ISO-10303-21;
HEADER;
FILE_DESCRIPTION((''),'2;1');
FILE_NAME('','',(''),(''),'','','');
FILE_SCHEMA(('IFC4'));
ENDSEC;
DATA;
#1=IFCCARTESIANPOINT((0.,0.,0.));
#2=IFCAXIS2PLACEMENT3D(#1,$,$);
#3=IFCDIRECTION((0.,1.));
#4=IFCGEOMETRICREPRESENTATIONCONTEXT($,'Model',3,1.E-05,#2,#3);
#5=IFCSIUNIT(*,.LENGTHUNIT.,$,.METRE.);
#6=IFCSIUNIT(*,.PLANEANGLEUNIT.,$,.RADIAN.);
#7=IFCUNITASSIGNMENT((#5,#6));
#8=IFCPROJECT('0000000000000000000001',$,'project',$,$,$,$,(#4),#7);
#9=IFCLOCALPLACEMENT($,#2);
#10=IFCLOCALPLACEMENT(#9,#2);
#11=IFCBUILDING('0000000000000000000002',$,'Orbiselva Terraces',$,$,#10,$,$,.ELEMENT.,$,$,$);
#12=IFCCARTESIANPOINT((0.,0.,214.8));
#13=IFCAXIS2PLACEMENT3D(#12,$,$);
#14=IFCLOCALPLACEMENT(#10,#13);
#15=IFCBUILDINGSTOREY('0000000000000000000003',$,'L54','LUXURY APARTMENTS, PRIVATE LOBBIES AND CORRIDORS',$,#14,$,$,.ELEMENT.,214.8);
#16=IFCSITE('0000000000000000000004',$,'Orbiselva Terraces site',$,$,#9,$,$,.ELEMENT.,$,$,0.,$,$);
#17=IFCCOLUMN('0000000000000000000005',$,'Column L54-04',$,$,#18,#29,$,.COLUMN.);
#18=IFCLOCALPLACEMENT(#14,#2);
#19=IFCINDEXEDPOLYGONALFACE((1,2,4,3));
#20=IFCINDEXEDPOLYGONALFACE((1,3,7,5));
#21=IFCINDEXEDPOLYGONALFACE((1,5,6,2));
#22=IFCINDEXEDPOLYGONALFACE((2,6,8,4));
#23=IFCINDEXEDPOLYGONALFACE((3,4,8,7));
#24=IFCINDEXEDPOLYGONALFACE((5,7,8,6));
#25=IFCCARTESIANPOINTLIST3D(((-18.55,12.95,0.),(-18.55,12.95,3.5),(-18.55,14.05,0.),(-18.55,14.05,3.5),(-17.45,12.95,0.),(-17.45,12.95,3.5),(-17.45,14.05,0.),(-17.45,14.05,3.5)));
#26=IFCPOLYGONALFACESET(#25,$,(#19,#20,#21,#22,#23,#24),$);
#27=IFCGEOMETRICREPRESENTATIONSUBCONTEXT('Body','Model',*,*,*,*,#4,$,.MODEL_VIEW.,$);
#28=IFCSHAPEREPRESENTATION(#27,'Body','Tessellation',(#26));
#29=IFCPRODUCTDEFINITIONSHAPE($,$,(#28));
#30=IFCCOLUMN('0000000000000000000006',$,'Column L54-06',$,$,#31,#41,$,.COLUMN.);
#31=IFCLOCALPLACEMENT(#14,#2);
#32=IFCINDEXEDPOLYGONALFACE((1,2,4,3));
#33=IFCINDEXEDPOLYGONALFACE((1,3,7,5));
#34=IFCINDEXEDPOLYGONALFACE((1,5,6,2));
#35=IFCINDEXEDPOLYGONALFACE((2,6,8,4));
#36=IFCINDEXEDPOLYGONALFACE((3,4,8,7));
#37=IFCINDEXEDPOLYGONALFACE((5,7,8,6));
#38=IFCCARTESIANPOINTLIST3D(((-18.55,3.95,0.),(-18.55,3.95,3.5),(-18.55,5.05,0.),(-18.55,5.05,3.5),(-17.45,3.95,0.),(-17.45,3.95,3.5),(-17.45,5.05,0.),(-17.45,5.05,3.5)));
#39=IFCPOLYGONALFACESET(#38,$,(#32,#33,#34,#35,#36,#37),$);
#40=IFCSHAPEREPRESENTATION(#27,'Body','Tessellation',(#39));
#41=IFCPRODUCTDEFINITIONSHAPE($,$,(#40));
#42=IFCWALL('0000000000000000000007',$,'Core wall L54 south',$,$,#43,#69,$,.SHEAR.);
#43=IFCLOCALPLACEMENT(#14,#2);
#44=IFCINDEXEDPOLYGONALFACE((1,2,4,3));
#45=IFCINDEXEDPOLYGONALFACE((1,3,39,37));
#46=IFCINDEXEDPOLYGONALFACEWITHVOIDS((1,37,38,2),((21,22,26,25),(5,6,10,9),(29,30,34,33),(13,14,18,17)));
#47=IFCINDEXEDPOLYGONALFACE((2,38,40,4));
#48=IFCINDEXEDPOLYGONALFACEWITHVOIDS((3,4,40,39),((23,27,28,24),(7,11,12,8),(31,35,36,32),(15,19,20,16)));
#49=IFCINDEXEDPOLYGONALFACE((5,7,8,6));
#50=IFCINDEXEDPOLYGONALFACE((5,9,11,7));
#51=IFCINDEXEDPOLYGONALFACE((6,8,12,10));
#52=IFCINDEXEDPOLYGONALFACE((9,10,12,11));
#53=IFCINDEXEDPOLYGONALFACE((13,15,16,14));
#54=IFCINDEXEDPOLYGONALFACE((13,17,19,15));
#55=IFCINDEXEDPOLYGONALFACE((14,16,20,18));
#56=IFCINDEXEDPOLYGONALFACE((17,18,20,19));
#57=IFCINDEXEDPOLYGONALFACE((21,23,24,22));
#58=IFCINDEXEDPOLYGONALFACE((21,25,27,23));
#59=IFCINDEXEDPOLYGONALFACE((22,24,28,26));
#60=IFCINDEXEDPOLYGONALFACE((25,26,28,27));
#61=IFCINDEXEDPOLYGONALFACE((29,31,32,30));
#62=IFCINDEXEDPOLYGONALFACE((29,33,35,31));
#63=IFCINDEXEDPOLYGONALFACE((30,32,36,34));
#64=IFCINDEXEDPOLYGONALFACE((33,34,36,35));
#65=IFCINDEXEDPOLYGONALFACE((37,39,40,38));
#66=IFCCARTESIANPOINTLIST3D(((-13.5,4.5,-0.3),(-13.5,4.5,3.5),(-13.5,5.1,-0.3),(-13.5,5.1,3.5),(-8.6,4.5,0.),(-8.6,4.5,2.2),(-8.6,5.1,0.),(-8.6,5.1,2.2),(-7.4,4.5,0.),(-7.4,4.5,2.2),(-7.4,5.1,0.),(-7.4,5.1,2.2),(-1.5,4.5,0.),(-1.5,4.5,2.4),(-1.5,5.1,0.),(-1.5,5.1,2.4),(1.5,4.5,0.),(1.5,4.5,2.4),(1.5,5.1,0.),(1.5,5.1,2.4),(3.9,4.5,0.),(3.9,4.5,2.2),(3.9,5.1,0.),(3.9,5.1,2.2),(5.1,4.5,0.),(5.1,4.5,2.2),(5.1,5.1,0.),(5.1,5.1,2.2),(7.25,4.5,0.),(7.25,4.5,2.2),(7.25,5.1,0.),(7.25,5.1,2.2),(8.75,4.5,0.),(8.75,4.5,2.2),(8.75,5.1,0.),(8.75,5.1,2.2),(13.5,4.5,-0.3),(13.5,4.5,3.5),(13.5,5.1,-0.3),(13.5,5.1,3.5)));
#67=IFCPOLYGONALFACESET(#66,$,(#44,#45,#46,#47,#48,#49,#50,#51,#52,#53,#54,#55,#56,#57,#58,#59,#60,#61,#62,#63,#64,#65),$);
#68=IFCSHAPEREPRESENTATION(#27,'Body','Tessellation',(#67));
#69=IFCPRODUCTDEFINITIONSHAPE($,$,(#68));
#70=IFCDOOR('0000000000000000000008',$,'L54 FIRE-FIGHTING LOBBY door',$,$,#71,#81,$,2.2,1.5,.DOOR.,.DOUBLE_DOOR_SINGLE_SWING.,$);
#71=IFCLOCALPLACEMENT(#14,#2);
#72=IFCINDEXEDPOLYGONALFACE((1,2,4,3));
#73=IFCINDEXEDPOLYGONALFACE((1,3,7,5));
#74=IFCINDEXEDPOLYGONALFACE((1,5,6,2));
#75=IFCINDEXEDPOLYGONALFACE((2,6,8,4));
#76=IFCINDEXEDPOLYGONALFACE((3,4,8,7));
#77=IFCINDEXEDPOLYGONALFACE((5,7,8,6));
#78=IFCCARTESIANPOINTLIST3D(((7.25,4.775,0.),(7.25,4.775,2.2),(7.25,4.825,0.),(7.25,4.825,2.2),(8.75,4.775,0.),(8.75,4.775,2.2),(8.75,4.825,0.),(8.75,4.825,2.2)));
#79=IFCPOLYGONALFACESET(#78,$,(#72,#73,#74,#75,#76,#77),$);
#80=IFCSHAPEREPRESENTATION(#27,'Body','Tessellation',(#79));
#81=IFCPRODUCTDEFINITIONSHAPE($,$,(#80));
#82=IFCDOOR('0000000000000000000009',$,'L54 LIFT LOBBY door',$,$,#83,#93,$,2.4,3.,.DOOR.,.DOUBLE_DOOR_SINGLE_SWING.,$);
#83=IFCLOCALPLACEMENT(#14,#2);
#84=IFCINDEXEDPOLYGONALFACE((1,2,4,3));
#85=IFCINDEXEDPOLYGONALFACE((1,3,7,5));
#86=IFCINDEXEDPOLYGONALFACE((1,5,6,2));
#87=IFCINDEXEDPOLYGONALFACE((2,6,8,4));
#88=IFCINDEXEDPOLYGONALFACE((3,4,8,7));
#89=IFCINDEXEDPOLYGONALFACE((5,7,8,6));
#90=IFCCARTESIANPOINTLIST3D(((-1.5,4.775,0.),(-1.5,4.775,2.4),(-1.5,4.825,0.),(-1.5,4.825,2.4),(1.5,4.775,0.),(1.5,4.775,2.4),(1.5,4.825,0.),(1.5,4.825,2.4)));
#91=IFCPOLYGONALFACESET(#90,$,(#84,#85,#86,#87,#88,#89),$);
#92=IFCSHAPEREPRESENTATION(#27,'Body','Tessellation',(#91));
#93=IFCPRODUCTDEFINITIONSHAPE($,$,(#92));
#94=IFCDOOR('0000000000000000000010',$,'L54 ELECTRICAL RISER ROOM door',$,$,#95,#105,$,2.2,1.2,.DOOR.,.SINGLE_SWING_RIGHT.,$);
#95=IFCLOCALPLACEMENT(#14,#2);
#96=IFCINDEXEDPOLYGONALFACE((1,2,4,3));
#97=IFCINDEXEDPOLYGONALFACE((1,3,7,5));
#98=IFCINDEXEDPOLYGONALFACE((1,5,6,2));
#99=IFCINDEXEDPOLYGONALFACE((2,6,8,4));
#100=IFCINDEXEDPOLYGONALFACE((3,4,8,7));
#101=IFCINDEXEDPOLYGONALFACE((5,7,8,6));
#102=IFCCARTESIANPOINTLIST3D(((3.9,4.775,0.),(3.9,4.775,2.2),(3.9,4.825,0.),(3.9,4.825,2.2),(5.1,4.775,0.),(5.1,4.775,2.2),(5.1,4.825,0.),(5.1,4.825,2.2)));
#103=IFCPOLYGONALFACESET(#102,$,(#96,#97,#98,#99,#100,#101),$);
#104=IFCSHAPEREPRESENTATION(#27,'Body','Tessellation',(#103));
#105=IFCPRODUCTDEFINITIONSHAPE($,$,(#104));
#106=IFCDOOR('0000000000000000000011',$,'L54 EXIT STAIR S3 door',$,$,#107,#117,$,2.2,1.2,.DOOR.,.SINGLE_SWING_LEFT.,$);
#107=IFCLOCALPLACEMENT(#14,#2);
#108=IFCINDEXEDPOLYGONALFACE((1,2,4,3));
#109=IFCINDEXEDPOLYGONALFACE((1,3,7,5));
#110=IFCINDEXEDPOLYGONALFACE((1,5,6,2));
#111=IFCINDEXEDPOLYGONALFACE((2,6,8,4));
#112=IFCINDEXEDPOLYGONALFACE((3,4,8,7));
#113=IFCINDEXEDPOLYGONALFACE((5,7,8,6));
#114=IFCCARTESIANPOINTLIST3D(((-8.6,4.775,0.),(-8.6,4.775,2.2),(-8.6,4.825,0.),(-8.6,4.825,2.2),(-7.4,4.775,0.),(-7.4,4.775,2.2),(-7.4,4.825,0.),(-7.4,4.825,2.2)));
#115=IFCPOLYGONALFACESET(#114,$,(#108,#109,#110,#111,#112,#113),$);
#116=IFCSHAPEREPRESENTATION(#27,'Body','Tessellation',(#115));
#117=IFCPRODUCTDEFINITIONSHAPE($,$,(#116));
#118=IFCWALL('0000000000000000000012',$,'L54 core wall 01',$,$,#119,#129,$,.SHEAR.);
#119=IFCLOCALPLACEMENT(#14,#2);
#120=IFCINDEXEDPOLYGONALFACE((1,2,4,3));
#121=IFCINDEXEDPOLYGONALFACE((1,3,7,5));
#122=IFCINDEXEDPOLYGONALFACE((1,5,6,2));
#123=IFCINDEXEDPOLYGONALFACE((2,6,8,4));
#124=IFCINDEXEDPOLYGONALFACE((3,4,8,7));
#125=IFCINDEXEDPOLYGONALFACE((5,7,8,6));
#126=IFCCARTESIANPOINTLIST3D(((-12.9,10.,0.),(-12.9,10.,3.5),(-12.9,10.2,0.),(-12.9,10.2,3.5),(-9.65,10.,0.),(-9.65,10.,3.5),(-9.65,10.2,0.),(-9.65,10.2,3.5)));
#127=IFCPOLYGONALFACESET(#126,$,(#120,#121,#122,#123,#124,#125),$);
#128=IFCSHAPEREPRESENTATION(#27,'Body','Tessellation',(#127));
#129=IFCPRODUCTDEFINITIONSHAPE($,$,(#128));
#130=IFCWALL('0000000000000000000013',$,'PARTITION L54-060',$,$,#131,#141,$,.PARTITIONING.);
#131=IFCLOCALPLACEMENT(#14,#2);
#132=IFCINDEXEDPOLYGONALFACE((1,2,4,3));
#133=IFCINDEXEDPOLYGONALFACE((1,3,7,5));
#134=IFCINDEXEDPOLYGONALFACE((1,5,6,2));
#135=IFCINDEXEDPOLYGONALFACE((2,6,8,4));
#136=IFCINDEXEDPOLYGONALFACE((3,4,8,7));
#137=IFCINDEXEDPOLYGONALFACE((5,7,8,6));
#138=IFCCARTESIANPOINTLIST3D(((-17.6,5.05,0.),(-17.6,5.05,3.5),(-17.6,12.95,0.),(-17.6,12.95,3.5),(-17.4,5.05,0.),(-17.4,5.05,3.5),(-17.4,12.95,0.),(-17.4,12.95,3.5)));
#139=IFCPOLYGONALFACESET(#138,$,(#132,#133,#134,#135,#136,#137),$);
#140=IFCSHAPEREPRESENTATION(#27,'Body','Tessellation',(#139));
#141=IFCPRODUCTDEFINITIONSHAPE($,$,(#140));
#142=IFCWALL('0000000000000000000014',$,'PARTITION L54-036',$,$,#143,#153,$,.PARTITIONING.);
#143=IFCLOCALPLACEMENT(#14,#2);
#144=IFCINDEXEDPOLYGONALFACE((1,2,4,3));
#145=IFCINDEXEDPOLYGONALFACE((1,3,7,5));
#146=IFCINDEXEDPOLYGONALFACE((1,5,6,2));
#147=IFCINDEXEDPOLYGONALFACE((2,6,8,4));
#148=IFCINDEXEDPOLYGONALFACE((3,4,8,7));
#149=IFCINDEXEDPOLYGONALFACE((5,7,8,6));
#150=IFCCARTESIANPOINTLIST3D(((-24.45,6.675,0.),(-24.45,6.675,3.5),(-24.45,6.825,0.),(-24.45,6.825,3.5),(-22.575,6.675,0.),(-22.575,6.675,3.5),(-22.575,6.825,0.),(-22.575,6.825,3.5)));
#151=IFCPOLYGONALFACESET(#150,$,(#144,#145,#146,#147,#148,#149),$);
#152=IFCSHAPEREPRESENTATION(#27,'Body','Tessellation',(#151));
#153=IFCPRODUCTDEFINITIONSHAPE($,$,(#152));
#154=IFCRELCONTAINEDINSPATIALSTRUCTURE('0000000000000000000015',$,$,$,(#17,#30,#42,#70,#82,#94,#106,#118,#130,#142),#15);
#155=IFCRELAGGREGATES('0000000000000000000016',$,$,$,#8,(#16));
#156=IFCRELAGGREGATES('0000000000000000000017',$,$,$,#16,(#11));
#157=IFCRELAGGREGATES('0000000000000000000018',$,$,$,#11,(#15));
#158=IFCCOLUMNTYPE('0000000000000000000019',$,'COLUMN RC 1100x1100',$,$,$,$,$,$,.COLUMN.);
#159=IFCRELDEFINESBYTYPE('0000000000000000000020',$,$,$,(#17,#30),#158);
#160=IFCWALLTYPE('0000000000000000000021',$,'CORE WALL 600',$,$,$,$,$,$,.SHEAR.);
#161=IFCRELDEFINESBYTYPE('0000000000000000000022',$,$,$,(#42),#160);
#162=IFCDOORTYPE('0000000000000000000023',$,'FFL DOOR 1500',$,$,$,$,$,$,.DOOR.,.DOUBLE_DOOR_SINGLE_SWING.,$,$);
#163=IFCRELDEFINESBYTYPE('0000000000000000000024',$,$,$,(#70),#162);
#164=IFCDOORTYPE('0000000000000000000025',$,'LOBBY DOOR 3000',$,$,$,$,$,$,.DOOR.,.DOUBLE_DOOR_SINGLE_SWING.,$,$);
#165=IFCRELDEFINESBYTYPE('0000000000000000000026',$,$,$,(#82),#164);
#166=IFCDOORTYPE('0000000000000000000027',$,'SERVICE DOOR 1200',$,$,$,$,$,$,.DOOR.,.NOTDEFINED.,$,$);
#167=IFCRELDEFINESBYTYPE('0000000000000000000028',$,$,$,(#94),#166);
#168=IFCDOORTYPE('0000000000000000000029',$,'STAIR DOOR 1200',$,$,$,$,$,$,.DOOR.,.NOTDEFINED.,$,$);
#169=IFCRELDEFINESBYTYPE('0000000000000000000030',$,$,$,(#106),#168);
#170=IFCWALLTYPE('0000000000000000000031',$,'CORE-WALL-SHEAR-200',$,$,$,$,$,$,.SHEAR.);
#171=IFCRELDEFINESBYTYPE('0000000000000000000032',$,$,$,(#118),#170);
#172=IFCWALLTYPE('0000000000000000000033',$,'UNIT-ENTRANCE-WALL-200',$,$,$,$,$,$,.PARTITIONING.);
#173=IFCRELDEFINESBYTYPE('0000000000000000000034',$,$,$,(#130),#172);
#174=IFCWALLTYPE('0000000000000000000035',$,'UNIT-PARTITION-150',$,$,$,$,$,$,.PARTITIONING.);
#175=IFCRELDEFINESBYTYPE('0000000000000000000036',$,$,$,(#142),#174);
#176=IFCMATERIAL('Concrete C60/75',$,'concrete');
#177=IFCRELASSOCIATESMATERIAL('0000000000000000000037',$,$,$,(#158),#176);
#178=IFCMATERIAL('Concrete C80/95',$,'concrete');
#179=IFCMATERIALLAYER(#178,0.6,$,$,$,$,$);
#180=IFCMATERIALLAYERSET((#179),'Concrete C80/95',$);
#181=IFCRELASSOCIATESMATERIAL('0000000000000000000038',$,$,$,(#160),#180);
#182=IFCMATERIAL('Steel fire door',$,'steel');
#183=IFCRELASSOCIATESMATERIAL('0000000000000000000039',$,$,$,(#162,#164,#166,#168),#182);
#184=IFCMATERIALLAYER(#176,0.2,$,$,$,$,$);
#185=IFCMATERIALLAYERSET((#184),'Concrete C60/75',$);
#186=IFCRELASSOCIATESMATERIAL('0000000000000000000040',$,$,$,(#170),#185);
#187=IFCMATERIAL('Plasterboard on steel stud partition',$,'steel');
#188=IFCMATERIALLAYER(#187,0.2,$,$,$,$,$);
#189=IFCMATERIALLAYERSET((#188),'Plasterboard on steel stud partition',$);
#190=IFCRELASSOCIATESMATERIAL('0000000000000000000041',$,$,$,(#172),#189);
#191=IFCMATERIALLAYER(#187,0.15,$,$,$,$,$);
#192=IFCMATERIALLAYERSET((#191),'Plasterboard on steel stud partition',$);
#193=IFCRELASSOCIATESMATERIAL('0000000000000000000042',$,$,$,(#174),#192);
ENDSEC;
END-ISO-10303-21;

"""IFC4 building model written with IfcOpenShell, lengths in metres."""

from ifc_helpers import new_model, si_unit, direction, frame, frame_2d, origin, origin_2d, place, context, subcontext, project, spatial, rectangle, extrude, material, layer, layer_set, material_profile, profile_set, type_object, element, fill, save


model = new_model("IFC4")

# Units and contexts
model_context = context("Model", 3, precision=1e-05, world=origin(), true_north=direction((0.0, 1.0)))
body_context = subcontext(model_context, "Body", "Model", "MODEL_VIEW")
ifc_project = project(units=[si_unit("LENGTHUNIT", "METRE"), si_unit("PLANEANGLEUNIT", "RADIAN")], contexts=[model_context])

# Site, building, storey
site_placement = place(None, origin())
site = spatial("IfcSite", under=ifc_project, at=site_placement, Name="Orbiselva Terraces site", CompositionType="ELEMENT", RefElevation=0.0)
building_placement = place(site_placement, origin())
building = spatial("IfcBuilding", under=site, at=building_placement, Name="Orbiselva Terraces", CompositionType="ELEMENT")
storey_placement = place(building_placement, frame((0.0, 0.0, 214.8)))
storey = spatial("IfcBuildingStorey", under=building, at=storey_placement, Name="L54", Description="LUXURY APARTMENTS, PRIVATE LOBBIES AND CORRIDORS", CompositionType="ELEMENT", Elevation=214.8)

# Columns
ifc_material_1 = material(Name="Concrete C60/75", Category="concrete")
ifc_material_profile = material_profile(ifc_material_1, rectangle(XDim=1.1, YDim=1.1, at=origin_2d()), Name="RC 1100x1100")
ifc_profile_set = profile_set([ifc_material_profile], Name="Concrete C60/75")
column_type = type_object("IfcColumnType", Name="COLUMN RC 1100x1100", PredefinedType="COLUMN", material=ifc_profile_set)
for number, where, z_axis, x_axis, name in (
    (1, (-18.0, 13.5, 0.0), (0.0, 0.0, 1.0), (1.0, 0.0, 0.0), "Column L54-04"),
    (2, (-18.0, 4.5, 0.0), (0.0, 0.0, 1.0), (1.0, 0.0, 0.0), "Column L54-06"),
):
    element("IfcColumn", number, at=place(storey_placement, frame(where, z_axis=z_axis, x_axis=x_axis)), inside=storey, type_object=column_type, Name=name, PredefinedType="COLUMN", context=body_context, shape_type="SweptSolid", body=[
        extrude(rectangle(XDim=1.1, YDim=1.1, at=origin_2d()), origin(), (0.0, 0.0, 1.0), 3.5),
    ])

# Wall, openings, doors
ifc_material_2 = material(Name="Concrete C80/95", Category="concrete")
ifc_layer_1 = layer(ifc_material_2, 0.6)
ifc_layer_set_1 = layer_set([ifc_layer_1], Name="Concrete C80/95")
wall_type_1 = type_object("IfcWallType", Name="CORE WALL 600", PredefinedType="SHEAR", material=ifc_layer_set_1)
wall_1_placement = place(storey_placement, frame((-13.5, 4.8, -0.3), z_axis=(0.0, 0.0, 1.0), x_axis=(1.0, 0.0, 0.0)))
wall_1 = element("IfcWall", 3, at=wall_1_placement, inside=storey, type_object=wall_type_1, Name="Core wall L54 south", PredefinedType="SHEAR", context=body_context, shape_type="SweptSolid", body=[
    extrude(rectangle(XDim=27.0, YDim=0.6, at=frame_2d((13.5, 0.0))), origin(), (0.0, 0.0, 1.0), 3.8),
])
opening_1_placement = place(wall_1_placement, frame((12.0, 0.0, 0.3)))
opening_1 = element("IfcOpeningElement", 4, at=opening_1_placement, cuts=wall_1, PredefinedType="OPENING", context=body_context, shape_type="SweptSolid", body=[
    extrude(rectangle(XDim=3.0, YDim=2.4, at=frame_2d((1.5, 1.2))), frame((0.0, 0.31, 0.0), z_axis=(0.0, -1.0, 0.0), x_axis=(1.0, 0.0, 0.0)), (0.0, 0.0, 1.0), 0.62),
])
opening_2_placement = place(wall_1_placement, frame((4.9, 0.0, 0.3)))
opening_2 = element("IfcOpeningElement", 5, at=opening_2_placement, cuts=wall_1, PredefinedType="OPENING", context=body_context, shape_type="SweptSolid", body=[
    extrude(rectangle(XDim=1.2, YDim=2.2, at=frame_2d((0.6, 1.1))), frame((0.0, 0.31, 0.0), z_axis=(0.0, -1.0, 0.0), x_axis=(1.0, 0.0, 0.0)), (0.0, 0.0, 1.0), 0.62),
])
opening_3_placement = place(wall_1_placement, frame((20.75, 0.0, 0.3)))
opening_3 = element("IfcOpeningElement", 6, at=opening_3_placement, cuts=wall_1, PredefinedType="OPENING", context=body_context, shape_type="SweptSolid", body=[
    extrude(rectangle(XDim=1.5, YDim=2.2, at=frame_2d((0.75, 1.1))), frame((0.0, 0.31, 0.0), z_axis=(0.0, -1.0, 0.0), x_axis=(1.0, 0.0, 0.0)), (0.0, 0.0, 1.0), 0.62),
])
opening_4_placement = place(wall_1_placement, frame((17.4, 0.0, 0.3)))
opening_4 = element("IfcOpeningElement", 7, at=opening_4_placement, cuts=wall_1, PredefinedType="OPENING", context=body_context, shape_type="SweptSolid", body=[
    extrude(rectangle(XDim=1.2, YDim=2.2, at=frame_2d((0.6, 1.1))), frame((0.0, 0.31, 0.0), z_axis=(0.0, -1.0, 0.0), x_axis=(1.0, 0.0, 0.0)), (0.0, 0.0, 1.0), 0.62),
])
ifc_material_3 = material(Name="Steel fire door", Category="steel")
door_type_1 = type_object("IfcDoorType", Name="FFL DOOR 1500", OperationType="DOUBLE_DOOR_SINGLE_SWING", PredefinedType="DOOR", material=ifc_material_3)
door_1_placement = place(opening_3_placement, frame((1.5, 0.0, 0.0), z_axis=(0.0, 0.0, 1.0), x_axis=(-1.0, 0.0, 0.0)))
door_1 = element("IfcDoor", 8, at=door_1_placement, inside=storey, type_object=door_type_1, Name="L54 FIRE-FIGHTING LOBBY door", OperationType="DOUBLE_DOOR_SINGLE_SWING", OverallHeight=2.2, OverallWidth=1.5, PredefinedType="DOOR", context=body_context, shape_type="SweptSolid", body=[
    extrude(rectangle(XDim=1.5, YDim=2.2, at=frame_2d((0.75, 1.1))), frame((0.0, 0.025, 0.0), z_axis=(0.0, -1.0, 0.0), x_axis=(1.0, 0.0, 0.0)), (0.0, 0.0, 1.0), 0.05),
])
fill(opening_3, door_1)
door_type_2 = type_object("IfcDoorType", Name="LOBBY DOOR 3000", OperationType="DOUBLE_DOOR_SINGLE_SWING", PredefinedType="DOOR", material=ifc_material_3)
door_2_placement = place(opening_1_placement, frame((3.0, 0.0, 0.0), z_axis=(0.0, 0.0, 1.0), x_axis=(-1.0, 0.0, 0.0)))
door_2 = element("IfcDoor", 9, at=door_2_placement, inside=storey, type_object=door_type_2, Name="L54 LIFT LOBBY door", OperationType="DOUBLE_DOOR_SINGLE_SWING", OverallHeight=2.4, OverallWidth=3.0, PredefinedType="DOOR", context=body_context, shape_type="SweptSolid", body=[
    extrude(rectangle(XDim=3.0, YDim=2.4, at=frame_2d((1.5, 1.2))), frame((0.0, 0.025, 0.0), z_axis=(0.0, -1.0, 0.0), x_axis=(1.0, 0.0, 0.0)), (0.0, 0.0, 1.0), 0.05),
])
fill(opening_1, door_2)
door_type_3 = type_object("IfcDoorType", Name="SERVICE DOOR 1200", OperationType="NOTDEFINED", PredefinedType="DOOR", material=ifc_material_3)
door_3_placement = place(opening_4_placement, frame((1.2, 0.0, 0.0), z_axis=(0.0, 0.0, 1.0), x_axis=(-1.0, 0.0, 0.0)))
door_3 = element("IfcDoor", 10, at=door_3_placement, inside=storey, type_object=door_type_3, Name="L54 ELECTRICAL RISER ROOM door", OperationType="SINGLE_SWING_RIGHT", OverallHeight=2.2, OverallWidth=1.2, PredefinedType="DOOR", context=body_context, shape_type="SweptSolid", body=[
    extrude(rectangle(XDim=1.2, YDim=2.2, at=frame_2d((0.6, 1.1))), frame((0.0, 0.025, 0.0), z_axis=(0.0, -1.0, 0.0), x_axis=(1.0, 0.0, 0.0)), (0.0, 0.0, 1.0), 0.05),
])
fill(opening_4, door_3)
door_type_4 = type_object("IfcDoorType", Name="STAIR DOOR 1200", OperationType="NOTDEFINED", PredefinedType="DOOR", material=ifc_material_3)
door_4_placement = place(opening_2_placement, frame((1.2, 0.0, 0.0), z_axis=(0.0, 0.0, 1.0), x_axis=(-1.0, 0.0, 0.0)))
door_4 = element("IfcDoor", 11, at=door_4_placement, inside=storey, type_object=door_type_4, Name="L54 EXIT STAIR S3 door", OperationType="SINGLE_SWING_LEFT", OverallHeight=2.2, OverallWidth=1.2, PredefinedType="DOOR", context=body_context, shape_type="SweptSolid", body=[
    extrude(rectangle(XDim=1.2, YDim=2.2, at=frame_2d((0.6, 1.1))), frame((0.0, 0.025, 0.0), z_axis=(0.0, -1.0, 0.0), x_axis=(1.0, 0.0, 0.0)), (0.0, 0.0, 1.0), 0.05),
])
fill(opening_2, door_4)

# Walls
ifc_layer_2 = layer(ifc_material_1, 0.2)
ifc_layer_set_2 = layer_set([ifc_layer_2], Name="Concrete C60/75")
wall_type_2 = type_object("IfcWallType", Name="CORE-WALL-SHEAR-200", PredefinedType="SHEAR", material=ifc_layer_set_2)
wall_2_placement = place(storey_placement, frame((-12.9, 10.1, 0.0), z_axis=(0.0, 0.0, 1.0), x_axis=(1.0, 0.0, 0.0)))
element("IfcWall", 12, at=wall_2_placement, inside=storey, type_object=wall_type_2, Name="L54 core wall 01", PredefinedType="SHEAR", context=body_context, shape_type="SweptSolid", body=[
    extrude(rectangle(XDim=3.25, YDim=0.2, at=frame_2d((1.625, 0.0))), origin(), (0.0, 0.0, 1.0), 3.5),
])
ifc_material_4 = material(Name="Plasterboard on steel stud partition", Category="steel")
ifc_layer_3 = layer(ifc_material_4, 0.2)
ifc_layer_set_3 = layer_set([ifc_layer_3], Name="Plasterboard on steel stud partition")
wall_type_3 = type_object("IfcWallType", Name="UNIT-ENTRANCE-WALL-200", PredefinedType="PARTITIONING", material=ifc_layer_set_3)
wall_3_placement = place(storey_placement, frame((-17.5, 5.05, 0.0), z_axis=(0.0, 0.0, 1.0), x_axis=(0.0, 1.0, 0.0)))
element("IfcWall", 13, at=wall_3_placement, inside=storey, type_object=wall_type_3, Name="PARTITION L54-060", PredefinedType="PARTITIONING", context=body_context, shape_type="SweptSolid", body=[
    extrude(rectangle(XDim=7.9, YDim=0.2, at=frame_2d((3.95, 0.0))), origin(), (0.0, 0.0, 1.0), 3.5),
])
ifc_layer_4 = layer(ifc_material_4, 0.15)
ifc_layer_set_4 = layer_set([ifc_layer_4], Name="Plasterboard on steel stud partition")
wall_type_4 = type_object("IfcWallType", Name="UNIT-PARTITION-150", PredefinedType="PARTITIONING", material=ifc_layer_set_4)
wall_4_placement = place(storey_placement, frame((-24.45, 6.75, 0.0), z_axis=(0.0, 0.0, 1.0), x_axis=(1.0, 0.0, 0.0)))
element("IfcWall", 14, at=wall_4_placement, inside=storey, type_object=wall_type_4, Name="PARTITION L54-036", PredefinedType="PARTITIONING", context=body_context, shape_type="SweptSolid", body=[
    extrude(rectangle(XDim=1.875, YDim=0.15, at=frame_2d((0.9375, 0.0))), origin(), (0.0, 0.0, 1.0), 3.5),
])

save(model, "model.ifc")
